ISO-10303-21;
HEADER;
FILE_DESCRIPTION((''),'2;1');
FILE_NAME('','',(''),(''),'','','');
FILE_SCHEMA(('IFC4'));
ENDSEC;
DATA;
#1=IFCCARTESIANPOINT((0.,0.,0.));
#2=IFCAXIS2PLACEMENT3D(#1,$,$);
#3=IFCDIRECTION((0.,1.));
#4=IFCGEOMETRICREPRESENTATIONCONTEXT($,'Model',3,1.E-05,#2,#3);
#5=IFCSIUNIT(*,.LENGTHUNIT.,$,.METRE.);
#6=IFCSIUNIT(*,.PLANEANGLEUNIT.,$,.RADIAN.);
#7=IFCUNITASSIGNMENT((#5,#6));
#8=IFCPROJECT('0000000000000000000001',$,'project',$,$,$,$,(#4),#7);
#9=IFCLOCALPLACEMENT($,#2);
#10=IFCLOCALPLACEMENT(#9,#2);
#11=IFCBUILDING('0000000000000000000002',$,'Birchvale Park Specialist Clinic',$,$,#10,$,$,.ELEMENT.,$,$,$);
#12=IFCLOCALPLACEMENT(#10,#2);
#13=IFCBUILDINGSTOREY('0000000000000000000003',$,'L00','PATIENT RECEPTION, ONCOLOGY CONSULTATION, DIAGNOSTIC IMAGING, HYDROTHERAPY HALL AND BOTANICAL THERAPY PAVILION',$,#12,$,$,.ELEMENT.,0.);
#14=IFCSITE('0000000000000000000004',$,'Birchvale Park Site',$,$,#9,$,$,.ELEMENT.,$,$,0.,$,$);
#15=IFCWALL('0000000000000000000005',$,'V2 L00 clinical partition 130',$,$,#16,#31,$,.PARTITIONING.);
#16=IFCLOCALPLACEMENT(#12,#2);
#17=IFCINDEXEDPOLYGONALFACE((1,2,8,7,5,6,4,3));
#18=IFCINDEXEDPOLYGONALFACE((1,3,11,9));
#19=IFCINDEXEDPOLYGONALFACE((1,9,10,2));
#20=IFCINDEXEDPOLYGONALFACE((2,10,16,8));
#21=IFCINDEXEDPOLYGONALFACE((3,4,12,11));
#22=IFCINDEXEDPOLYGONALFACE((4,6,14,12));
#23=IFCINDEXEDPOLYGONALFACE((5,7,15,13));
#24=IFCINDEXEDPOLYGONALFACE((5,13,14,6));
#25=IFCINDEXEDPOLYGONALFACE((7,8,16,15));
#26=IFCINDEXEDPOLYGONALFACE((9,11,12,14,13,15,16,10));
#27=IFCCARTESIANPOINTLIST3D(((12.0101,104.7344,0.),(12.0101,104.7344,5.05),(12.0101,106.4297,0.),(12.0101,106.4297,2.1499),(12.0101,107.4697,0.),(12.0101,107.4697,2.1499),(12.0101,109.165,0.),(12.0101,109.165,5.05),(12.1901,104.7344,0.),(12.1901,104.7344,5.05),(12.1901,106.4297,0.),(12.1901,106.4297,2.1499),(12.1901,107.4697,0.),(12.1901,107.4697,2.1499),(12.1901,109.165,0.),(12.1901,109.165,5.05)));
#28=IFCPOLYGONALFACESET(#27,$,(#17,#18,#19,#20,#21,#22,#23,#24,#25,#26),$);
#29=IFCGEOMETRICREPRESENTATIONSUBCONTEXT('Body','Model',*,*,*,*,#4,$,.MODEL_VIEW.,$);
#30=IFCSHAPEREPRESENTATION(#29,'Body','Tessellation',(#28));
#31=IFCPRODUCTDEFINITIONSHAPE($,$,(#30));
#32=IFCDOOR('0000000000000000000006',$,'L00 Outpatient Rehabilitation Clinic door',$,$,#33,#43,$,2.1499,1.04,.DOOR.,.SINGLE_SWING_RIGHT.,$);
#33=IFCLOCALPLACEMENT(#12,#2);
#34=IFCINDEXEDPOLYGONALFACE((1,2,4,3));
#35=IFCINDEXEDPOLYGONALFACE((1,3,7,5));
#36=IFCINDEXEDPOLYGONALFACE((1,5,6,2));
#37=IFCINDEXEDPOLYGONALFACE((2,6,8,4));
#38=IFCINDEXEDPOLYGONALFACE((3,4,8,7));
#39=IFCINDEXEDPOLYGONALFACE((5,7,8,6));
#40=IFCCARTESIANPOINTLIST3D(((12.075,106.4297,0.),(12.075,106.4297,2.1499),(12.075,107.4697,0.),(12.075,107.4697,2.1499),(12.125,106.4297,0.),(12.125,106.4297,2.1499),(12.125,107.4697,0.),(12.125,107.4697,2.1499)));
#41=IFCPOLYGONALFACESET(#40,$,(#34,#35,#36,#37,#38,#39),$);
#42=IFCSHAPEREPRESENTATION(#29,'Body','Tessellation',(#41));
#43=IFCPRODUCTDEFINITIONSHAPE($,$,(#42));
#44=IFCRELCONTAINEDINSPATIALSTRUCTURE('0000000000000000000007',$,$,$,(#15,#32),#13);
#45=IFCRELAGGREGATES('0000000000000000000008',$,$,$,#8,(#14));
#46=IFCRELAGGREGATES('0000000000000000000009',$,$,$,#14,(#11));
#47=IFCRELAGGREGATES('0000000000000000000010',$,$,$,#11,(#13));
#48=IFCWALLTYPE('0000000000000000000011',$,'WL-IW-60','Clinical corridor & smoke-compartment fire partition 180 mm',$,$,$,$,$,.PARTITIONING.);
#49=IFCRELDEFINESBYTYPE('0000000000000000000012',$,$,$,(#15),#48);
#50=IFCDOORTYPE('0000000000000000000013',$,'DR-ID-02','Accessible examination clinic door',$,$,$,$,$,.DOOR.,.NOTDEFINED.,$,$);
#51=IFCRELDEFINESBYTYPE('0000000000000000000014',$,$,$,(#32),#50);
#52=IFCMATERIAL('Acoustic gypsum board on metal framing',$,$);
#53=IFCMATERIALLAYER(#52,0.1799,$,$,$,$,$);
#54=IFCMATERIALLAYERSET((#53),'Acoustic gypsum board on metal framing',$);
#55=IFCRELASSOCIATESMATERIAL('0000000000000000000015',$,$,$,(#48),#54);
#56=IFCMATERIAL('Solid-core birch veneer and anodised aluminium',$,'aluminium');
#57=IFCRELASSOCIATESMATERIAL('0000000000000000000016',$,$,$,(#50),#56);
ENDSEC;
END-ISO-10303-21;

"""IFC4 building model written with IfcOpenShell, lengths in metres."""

from ifc_helpers import new_model, si_unit, direction, frame, frame_2d, origin, place, context, subcontext, project, spatial, rectangle, extrude, material, layer, layer_set, type_object, element, fill, save


model = new_model("IFC4")

# Units and contexts
model_context = context("Model", 3, precision=1e-05, world=origin(), true_north=direction((0.0, 1.0)))
body_context = subcontext(model_context, "Body", "Model", "MODEL_VIEW")
ifc_project = project(units=[si_unit("LENGTHUNIT", "METRE"), si_unit("PLANEANGLEUNIT", "RADIAN")], contexts=[model_context])

# Site, building, storey
site_placement = place(None, origin())
site = spatial("IfcSite", under=ifc_project, at=site_placement, Name="Birchvale Park Site", CompositionType="ELEMENT", RefElevation=0.0)
building_placement = place(site_placement, origin())
building = spatial("IfcBuilding", under=site, at=building_placement, Name="Birchvale Park Specialist Clinic", CompositionType="ELEMENT")
storey_placement = place(building_placement, origin())
storey = spatial("IfcBuildingStorey", under=building, at=storey_placement, Name="L00", Description="PATIENT RECEPTION, ONCOLOGY CONSULTATION, DIAGNOSTIC IMAGING, HYDROTHERAPY HALL AND BOTANICAL THERAPY PAVILION", CompositionType="ELEMENT", Elevation=0.0)

# Wall, opening, door
ifc_material_1 = material(Name="Acoustic gypsum board on metal framing")
ifc_layer_1 = layer(ifc_material_1, 0.1799)
ifc_layer_set_1 = layer_set([ifc_layer_1], Name="Acoustic gypsum board on metal framing")
wall_type_1 = type_object("IfcWallType", Name="WL-IW-60", Description="Clinical corridor & smoke-compartment fire partition 180 mm", PredefinedType="PARTITIONING", material=ifc_layer_set_1)
wall_1_placement = place(storey_placement, frame((12.1001, 109.165, 0.0), z_axis=(0.0, 0.0, 1.0), x_axis=(0.0, -1.0, 0.0)))
wall_1 = element("IfcWall", 1, at=wall_1_placement, inside=storey, type_object=wall_type_1, Name="V2 L00 clinical partition 130", PredefinedType="PARTITIONING", context=body_context, shape_type="SweptSolid", body=[
    extrude(rectangle(XDim=4.4307, YDim=0.1799, at=frame_2d((2.2153, 0.0))), origin(), (0.0, 0.0, 1.0), 5.05),
])
opening_1_placement = place(wall_1_placement, frame((1.6953, 0.0, 0.0)))
opening_1 = element("IfcOpeningElement", 2, at=opening_1_placement, cuts=wall_1, PredefinedType="OPENING", context=body_context, shape_type="SweptSolid", body=[
    extrude(rectangle(XDim=1.04, YDim=2.1499, at=frame_2d((0.52, 1.075))), frame((0.0, 0.1001, 0.0), z_axis=(0.0, -1.0, 0.0), x_axis=(1.0, 0.0, 0.0)), (0.0, 0.0, 1.0), 0.2),
])
ifc_material_2 = material(Name="Solid-core birch veneer and anodised aluminium", Category="aluminium")
door_type = type_object("IfcDoorType", Name="DR-ID-02", Description="Accessible examination clinic door", OperationType="NOTDEFINED", PredefinedType="DOOR", material=ifc_material_2)
door_placement = place(opening_1_placement, origin())
door = element("IfcDoor", 3, at=door_placement, inside=storey, type_object=door_type, Name="L00 Outpatient Rehabilitation Clinic door", OperationType="SINGLE_SWING_RIGHT", OverallHeight=2.1499, OverallWidth=1.04, PredefinedType="DOOR", context=body_context, shape_type="SweptSolid", body=[
    extrude(rectangle(XDim=1.04, YDim=2.1499, at=frame_2d((0.52, 1.075))), frame((0.0, 0.0249, 0.0), z_axis=(0.0, -1.0, 0.0), x_axis=(1.0, 0.0, 0.0)), (0.0, 0.0, 1.0), 0.05),
])
fill(opening_1, door)

save(model, "model.ifc")
